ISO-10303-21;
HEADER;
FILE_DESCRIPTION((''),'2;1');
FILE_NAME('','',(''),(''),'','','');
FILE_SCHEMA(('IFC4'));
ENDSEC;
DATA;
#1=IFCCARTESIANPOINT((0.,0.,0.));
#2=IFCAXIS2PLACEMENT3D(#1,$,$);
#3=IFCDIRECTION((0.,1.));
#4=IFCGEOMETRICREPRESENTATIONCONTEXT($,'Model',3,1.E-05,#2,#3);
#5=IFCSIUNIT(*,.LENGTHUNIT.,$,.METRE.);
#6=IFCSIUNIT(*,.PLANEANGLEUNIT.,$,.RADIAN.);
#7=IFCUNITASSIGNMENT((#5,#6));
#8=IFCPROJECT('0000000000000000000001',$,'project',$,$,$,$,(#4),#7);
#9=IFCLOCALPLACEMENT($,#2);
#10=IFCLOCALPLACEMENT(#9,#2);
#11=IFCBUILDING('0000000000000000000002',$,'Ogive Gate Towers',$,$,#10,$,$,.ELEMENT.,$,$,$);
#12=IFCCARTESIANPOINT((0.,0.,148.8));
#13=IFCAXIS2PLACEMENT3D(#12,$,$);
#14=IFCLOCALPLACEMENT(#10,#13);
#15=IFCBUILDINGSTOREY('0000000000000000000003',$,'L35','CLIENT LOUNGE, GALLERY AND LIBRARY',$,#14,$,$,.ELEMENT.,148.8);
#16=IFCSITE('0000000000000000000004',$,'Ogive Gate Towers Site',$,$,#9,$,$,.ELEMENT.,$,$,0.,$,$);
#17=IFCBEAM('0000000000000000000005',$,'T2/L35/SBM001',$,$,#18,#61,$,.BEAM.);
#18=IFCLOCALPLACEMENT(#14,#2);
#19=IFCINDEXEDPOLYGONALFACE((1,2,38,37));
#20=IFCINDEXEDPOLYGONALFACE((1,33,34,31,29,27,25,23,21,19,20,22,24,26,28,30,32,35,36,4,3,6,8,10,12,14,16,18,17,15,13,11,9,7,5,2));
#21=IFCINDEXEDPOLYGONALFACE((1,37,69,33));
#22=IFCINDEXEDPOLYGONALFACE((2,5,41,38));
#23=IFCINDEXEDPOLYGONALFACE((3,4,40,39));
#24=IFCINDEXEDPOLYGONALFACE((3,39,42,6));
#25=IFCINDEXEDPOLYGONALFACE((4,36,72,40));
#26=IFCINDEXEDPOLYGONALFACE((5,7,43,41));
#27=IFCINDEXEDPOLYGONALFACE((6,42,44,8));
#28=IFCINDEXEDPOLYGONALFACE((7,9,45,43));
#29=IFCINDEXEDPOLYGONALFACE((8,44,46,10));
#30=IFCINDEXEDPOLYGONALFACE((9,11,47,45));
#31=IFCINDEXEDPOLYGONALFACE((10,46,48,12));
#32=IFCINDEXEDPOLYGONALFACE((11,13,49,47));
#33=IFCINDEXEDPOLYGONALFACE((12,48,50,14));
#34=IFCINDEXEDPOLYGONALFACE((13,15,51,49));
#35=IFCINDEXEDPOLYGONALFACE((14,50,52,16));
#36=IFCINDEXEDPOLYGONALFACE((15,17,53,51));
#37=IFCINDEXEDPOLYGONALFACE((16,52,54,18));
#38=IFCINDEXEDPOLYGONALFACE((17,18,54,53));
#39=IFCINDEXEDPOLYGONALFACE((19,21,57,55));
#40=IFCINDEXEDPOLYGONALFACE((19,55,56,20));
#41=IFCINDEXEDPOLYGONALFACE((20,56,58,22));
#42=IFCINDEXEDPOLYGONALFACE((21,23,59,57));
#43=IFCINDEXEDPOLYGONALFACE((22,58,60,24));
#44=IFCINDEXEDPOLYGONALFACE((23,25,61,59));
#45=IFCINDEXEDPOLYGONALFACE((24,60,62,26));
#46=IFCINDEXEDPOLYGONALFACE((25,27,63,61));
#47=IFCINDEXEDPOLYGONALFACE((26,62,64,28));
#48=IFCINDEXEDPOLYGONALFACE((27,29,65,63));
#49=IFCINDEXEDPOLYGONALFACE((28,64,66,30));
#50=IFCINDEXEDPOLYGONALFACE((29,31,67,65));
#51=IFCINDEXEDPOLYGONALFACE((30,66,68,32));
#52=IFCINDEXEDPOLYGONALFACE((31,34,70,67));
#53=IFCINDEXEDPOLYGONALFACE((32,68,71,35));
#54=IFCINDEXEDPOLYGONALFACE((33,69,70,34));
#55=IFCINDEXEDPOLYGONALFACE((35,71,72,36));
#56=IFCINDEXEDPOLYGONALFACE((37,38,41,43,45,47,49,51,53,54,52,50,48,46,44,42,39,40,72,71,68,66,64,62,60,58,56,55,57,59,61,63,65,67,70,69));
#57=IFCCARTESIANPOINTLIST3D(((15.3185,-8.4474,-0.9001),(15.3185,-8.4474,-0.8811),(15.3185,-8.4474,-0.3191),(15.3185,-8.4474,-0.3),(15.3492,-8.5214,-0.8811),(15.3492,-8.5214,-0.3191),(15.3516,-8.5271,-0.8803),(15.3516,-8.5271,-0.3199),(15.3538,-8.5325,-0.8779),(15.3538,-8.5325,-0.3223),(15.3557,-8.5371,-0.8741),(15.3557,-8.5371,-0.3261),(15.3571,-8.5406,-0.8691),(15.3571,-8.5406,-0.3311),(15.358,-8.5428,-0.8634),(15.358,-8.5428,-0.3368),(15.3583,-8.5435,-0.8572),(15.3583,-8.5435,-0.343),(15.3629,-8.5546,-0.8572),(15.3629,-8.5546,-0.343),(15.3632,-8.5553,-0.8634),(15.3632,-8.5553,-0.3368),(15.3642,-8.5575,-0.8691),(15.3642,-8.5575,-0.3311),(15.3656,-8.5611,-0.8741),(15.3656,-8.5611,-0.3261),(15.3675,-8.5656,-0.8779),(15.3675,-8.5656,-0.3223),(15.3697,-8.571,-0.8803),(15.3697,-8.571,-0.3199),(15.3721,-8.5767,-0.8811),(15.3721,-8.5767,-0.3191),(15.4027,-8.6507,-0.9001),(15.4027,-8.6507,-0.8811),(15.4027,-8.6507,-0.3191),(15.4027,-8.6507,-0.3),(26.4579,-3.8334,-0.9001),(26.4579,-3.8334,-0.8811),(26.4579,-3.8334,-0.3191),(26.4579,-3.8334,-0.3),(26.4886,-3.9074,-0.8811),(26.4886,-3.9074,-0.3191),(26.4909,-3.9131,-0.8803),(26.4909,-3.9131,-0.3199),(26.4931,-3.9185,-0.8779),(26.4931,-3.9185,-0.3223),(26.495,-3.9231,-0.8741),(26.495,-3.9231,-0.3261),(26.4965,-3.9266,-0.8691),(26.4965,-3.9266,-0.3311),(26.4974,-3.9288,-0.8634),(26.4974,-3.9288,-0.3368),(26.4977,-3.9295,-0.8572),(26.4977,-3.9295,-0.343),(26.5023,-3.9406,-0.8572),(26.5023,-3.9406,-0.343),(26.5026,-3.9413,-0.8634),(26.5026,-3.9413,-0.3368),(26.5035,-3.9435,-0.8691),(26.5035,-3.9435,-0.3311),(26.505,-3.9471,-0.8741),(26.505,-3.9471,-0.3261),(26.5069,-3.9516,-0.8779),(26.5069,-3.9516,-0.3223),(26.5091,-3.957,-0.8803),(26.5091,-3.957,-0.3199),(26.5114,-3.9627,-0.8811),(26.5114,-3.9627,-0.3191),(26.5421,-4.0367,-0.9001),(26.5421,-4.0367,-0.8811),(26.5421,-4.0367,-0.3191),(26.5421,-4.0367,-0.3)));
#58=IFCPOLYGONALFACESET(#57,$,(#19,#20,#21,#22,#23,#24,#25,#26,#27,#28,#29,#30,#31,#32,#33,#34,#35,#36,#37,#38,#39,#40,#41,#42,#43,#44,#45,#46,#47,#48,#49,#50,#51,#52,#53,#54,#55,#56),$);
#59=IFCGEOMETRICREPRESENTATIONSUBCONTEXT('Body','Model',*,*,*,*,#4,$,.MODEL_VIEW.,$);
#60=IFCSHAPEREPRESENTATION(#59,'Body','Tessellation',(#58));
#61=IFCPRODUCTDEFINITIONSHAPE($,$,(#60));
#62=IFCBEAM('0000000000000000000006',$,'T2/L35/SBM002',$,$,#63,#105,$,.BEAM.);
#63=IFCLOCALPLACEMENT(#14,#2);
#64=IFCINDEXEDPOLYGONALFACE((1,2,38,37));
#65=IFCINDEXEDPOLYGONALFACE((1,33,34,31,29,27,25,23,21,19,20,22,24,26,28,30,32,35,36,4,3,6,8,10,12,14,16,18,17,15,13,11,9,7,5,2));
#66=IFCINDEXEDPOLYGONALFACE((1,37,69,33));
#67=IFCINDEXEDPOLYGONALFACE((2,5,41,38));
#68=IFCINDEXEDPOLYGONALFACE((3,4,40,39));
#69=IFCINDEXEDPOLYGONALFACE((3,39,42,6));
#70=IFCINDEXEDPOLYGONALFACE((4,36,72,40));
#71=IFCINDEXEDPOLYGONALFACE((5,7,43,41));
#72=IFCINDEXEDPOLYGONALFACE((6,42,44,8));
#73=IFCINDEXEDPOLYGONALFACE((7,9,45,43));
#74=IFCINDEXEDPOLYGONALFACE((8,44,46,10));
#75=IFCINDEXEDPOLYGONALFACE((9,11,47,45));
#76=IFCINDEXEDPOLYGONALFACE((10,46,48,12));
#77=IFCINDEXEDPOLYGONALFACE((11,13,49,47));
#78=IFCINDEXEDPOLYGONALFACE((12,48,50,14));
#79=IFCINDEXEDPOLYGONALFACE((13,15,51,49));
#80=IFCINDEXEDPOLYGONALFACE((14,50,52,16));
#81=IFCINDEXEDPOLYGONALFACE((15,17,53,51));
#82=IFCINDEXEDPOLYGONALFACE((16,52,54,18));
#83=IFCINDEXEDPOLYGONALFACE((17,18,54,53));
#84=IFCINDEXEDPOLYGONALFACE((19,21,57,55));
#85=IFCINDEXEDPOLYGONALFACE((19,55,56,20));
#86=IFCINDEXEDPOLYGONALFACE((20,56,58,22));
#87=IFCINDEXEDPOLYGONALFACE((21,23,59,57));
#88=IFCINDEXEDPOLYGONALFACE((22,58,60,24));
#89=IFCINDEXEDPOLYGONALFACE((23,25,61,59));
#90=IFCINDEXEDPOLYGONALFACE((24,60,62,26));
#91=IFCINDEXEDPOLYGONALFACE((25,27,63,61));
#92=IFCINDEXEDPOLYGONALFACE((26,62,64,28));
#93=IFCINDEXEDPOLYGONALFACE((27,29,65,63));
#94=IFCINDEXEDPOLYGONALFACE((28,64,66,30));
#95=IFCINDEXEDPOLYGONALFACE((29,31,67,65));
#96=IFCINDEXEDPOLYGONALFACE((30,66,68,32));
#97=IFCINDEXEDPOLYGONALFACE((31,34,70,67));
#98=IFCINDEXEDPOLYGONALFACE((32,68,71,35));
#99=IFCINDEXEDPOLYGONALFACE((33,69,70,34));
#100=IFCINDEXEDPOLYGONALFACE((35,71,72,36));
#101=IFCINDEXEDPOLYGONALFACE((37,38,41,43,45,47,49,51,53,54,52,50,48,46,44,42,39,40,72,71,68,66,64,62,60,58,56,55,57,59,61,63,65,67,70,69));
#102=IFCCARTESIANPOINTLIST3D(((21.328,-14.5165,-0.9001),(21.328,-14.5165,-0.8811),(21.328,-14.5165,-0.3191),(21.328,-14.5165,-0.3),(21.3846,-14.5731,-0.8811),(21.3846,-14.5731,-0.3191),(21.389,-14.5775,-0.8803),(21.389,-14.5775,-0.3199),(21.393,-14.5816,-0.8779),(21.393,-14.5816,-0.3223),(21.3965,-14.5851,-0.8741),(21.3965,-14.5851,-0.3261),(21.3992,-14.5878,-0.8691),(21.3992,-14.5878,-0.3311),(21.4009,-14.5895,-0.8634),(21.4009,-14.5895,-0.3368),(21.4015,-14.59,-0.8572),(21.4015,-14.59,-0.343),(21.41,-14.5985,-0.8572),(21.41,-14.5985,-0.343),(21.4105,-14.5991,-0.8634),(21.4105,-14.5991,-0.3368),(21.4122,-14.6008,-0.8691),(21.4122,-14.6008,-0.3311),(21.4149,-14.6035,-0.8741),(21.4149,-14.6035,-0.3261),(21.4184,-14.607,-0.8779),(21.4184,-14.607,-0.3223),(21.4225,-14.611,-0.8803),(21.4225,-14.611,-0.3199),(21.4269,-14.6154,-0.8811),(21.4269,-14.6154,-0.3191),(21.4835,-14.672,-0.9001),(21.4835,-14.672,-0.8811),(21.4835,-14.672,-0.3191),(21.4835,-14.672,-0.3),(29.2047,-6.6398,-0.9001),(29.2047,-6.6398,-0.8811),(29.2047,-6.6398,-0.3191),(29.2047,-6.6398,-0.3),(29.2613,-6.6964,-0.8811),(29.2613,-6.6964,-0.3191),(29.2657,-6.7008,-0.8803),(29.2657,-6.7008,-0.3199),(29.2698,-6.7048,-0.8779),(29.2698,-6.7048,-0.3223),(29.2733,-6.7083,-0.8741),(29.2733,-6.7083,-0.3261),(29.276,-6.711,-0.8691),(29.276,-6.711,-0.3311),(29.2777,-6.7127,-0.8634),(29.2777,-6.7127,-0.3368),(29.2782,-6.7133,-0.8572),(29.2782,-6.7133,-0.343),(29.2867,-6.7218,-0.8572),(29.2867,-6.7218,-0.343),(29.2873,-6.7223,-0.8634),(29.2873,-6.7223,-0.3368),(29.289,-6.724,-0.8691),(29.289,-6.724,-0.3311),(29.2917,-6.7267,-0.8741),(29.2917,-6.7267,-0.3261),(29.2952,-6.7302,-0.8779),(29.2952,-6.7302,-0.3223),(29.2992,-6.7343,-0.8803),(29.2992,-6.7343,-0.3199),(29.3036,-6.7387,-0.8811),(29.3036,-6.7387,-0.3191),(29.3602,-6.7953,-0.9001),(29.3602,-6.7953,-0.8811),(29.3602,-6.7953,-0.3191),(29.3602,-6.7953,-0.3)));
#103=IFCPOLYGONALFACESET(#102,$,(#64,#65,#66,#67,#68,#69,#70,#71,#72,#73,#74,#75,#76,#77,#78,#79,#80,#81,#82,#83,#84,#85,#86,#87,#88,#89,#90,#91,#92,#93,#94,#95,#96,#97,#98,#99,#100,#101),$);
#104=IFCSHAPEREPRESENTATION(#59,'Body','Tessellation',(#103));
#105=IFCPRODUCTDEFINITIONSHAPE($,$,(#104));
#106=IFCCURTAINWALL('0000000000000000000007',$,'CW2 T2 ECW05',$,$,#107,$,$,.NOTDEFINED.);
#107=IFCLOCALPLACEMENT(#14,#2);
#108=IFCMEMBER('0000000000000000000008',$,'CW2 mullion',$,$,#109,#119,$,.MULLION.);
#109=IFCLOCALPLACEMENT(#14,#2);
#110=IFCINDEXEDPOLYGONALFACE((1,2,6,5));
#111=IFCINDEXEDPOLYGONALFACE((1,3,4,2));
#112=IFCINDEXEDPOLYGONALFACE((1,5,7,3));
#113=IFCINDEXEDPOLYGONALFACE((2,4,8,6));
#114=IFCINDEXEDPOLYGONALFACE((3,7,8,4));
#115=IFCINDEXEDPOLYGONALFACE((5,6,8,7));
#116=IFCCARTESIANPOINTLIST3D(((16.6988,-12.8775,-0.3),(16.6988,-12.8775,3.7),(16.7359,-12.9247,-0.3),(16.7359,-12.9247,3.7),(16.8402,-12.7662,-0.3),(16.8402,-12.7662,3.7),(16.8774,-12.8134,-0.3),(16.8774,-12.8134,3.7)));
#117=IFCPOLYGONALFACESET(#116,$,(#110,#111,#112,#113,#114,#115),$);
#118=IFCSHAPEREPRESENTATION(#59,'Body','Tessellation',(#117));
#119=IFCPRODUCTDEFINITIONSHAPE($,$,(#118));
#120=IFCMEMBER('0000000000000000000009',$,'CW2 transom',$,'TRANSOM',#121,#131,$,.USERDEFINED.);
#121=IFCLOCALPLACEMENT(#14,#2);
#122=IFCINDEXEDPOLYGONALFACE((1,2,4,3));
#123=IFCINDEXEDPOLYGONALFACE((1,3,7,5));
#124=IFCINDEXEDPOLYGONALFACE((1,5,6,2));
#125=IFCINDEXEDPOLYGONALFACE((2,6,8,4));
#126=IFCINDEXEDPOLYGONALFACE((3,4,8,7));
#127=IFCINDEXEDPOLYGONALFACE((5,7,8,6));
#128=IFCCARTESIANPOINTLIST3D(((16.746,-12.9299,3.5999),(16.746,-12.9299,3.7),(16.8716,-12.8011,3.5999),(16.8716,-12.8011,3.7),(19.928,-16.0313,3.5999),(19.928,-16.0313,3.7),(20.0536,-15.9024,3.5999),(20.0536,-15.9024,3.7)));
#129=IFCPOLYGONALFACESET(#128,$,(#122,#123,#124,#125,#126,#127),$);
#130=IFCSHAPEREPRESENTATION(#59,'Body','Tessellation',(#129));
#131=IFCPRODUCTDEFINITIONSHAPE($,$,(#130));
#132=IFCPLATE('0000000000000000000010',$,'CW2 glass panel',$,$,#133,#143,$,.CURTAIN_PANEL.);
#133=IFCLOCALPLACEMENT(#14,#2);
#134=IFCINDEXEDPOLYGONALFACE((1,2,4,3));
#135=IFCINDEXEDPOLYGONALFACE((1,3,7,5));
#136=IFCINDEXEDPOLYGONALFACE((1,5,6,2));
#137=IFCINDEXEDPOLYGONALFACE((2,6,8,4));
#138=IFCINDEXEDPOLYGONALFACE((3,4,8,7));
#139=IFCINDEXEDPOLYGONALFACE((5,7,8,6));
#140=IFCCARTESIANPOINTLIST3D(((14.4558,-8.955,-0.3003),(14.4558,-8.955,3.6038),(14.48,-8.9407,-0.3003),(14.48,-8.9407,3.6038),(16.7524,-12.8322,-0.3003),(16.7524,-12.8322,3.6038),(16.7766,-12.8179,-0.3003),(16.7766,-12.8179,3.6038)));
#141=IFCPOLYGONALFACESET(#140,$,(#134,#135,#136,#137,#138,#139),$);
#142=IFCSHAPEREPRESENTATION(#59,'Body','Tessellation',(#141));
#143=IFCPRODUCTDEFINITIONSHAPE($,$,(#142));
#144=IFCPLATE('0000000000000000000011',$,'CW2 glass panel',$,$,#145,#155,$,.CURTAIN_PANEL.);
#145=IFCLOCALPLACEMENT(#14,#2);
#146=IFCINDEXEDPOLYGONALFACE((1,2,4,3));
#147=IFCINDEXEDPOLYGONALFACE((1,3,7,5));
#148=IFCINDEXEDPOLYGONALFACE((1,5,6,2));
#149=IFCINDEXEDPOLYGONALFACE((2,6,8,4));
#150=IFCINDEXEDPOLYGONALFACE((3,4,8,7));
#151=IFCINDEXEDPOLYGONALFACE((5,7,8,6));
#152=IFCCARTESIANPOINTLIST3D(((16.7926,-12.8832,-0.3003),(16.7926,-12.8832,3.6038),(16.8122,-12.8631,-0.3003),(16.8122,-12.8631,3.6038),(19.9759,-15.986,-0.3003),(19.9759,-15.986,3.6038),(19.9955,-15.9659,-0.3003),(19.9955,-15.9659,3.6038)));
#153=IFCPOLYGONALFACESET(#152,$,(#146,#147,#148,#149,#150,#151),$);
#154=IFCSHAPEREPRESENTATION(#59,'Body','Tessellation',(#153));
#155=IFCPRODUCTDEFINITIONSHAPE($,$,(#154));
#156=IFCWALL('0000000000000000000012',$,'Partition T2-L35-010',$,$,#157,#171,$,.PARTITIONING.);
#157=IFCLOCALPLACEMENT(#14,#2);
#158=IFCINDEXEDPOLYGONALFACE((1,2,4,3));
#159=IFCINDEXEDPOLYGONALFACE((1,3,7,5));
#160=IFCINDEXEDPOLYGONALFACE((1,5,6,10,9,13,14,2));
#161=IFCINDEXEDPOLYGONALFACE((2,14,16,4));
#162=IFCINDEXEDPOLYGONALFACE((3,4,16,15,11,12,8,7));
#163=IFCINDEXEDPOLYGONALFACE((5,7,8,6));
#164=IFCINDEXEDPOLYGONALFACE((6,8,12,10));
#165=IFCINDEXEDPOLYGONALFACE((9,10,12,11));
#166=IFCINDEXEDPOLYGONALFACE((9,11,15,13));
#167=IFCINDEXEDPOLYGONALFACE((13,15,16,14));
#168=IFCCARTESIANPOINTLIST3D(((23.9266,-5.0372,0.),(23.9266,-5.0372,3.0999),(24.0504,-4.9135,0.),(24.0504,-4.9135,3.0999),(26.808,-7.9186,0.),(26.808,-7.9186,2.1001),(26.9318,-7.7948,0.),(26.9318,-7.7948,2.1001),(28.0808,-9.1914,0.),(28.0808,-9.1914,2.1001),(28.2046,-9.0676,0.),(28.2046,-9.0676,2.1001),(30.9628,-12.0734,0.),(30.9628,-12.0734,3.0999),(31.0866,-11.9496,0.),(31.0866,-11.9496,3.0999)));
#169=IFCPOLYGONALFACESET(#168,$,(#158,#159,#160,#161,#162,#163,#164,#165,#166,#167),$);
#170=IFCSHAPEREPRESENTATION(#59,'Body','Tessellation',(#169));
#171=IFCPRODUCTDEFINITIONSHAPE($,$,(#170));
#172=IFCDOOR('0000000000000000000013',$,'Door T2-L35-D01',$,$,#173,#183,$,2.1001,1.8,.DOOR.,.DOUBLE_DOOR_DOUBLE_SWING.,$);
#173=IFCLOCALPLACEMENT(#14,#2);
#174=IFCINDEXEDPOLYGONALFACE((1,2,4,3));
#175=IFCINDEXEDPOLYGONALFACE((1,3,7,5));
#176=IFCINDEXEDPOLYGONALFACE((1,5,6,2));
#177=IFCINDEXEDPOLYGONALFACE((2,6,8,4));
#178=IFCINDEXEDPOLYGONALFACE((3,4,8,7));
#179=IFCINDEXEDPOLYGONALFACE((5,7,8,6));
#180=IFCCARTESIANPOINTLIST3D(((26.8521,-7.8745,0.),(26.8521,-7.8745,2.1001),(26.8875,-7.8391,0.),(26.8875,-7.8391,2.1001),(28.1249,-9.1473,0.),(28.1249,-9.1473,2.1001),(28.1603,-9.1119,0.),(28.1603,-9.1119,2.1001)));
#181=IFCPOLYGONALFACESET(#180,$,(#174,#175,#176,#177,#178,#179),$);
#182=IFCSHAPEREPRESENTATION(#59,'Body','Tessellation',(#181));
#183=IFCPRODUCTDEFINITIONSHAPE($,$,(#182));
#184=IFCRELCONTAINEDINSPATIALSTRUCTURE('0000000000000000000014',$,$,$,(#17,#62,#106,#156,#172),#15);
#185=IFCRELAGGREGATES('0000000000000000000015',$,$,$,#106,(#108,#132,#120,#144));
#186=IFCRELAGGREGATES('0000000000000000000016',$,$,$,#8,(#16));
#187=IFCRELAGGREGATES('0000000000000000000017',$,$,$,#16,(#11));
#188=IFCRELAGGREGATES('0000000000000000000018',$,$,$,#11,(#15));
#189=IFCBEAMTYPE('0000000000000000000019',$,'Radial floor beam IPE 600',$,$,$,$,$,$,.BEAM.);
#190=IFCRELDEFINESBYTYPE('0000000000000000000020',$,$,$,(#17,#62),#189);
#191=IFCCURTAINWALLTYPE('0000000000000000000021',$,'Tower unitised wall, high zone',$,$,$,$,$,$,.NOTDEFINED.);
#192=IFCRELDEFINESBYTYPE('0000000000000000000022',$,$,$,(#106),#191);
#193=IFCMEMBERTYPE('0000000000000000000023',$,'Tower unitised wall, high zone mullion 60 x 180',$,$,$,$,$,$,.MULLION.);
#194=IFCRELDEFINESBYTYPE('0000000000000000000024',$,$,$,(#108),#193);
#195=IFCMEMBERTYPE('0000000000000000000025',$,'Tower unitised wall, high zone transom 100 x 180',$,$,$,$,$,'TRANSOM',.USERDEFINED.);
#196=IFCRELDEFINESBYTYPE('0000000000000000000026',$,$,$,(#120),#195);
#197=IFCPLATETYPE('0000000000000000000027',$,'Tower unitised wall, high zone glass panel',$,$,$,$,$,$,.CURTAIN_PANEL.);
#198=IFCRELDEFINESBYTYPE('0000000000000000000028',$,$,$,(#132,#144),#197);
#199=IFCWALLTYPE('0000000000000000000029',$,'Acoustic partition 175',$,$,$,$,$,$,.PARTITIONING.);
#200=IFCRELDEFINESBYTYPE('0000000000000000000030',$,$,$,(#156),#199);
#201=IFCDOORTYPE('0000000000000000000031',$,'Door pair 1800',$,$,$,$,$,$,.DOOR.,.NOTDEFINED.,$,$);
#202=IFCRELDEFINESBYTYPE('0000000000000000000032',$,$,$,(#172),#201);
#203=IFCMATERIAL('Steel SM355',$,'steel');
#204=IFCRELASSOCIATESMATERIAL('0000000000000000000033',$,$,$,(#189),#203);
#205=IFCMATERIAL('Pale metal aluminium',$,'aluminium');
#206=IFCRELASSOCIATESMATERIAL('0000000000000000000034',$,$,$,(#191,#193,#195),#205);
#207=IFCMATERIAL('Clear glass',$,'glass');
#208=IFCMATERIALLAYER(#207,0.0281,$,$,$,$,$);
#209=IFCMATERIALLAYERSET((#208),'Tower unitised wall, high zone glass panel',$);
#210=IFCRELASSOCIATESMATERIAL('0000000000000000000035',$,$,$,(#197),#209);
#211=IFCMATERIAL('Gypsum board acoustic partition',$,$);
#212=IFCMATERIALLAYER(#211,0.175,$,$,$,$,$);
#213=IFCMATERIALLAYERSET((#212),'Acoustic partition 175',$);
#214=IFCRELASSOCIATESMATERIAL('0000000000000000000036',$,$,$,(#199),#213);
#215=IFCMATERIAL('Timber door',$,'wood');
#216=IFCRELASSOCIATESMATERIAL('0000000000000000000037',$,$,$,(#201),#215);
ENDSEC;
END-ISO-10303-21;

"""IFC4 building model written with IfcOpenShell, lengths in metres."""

from ifc_helpers import new_model, si_unit, direction, frame, frame_2d, origin, origin_2d, place, context, subcontext, project, spatial, rectangle, i_section, extrude, material, layer, layer_set, material_profile, profile_set, type_object, element, fill, aggregate, save


model = new_model("IFC4")

# Units and contexts
model_context = context("Model", 3, precision=1e-05, world=origin(), true_north=direction((0.0, 1.0)))
body_context = subcontext(model_context, "Body", "Model", "MODEL_VIEW")
ifc_project = project(units=[si_unit("LENGTHUNIT", "METRE"), si_unit("PLANEANGLEUNIT", "RADIAN")], contexts=[model_context])

# Site, building, storey
site_placement = place(None, origin())
site = spatial("IfcSite", under=ifc_project, at=site_placement, Name="Ogive Gate Towers Site", CompositionType="ELEMENT", RefElevation=0.0)
building_placement = place(site_placement, origin())
building = spatial("IfcBuilding", under=site, at=building_placement, Name="Ogive Gate Towers", CompositionType="ELEMENT")
storey_placement = place(building_placement, frame((0.0, 0.0, 148.8)))
storey = spatial("IfcBuildingStorey", under=building, at=storey_placement, Name="L35", Description="CLIENT LOUNGE, GALLERY AND LIBRARY", CompositionType="ELEMENT", Elevation=148.8)

# Beams
ifc_material_1 = material(Name="Steel SM355", Category="steel")
ifc_material_profile_1 = material_profile(ifc_material_1, i_section(OverallWidth=0.22, OverallDepth=0.6001, WebThickness=0.012, FlangeThickness=0.019, FilletRadius=0.0239, at=origin_2d()), Name="IPE 600")
ifc_profile_set_1 = profile_set([ifc_material_profile_1], Name="Steel SM355")
beam_type = type_object("IfcBeamType", Name="Radial floor beam IPE 600", PredefinedType="BEAM", material=ifc_profile_set_1)
beam_1_placement = place(storey_placement, frame((26.5, -3.9351, -0.6001), z_axis=(-0.923882, -0.382678, 0.0), x_axis=(0.382678, -0.923882, 0.0)))
element("IfcBeam", 1, at=beam_1_placement, inside=storey, type_object=beam_type, Name="T2/L35/SBM001", PredefinedType="BEAM", context=body_context, shape_type="SweptSolid", body=[
    extrude(i_section(OverallWidth=0.22, OverallDepth=0.6001, WebThickness=0.012, FlangeThickness=0.019, FilletRadius=0.0239, at=origin_2d()), origin(), (0.0, 0.0, 1.0), 12.0571),
])
beam_2_placement = place(storey_placement, frame((29.2825, -6.7175, -0.6001), z_axis=(-0.707107, -0.707107, 0.0), x_axis=(0.707107, -0.707107, 0.0)))
element("IfcBeam", 2, at=beam_2_placement, inside=storey, type_object=beam_type, Name="T2/L35/SBM002", PredefinedType="BEAM", context=body_context, shape_type="SweptSolid", body=[
    extrude(i_section(OverallWidth=0.22, OverallDepth=0.6001, WebThickness=0.012, FlangeThickness=0.019, FilletRadius=0.0239, at=origin_2d()), origin(), (0.0, 0.0, 1.0), 11.1394),
])

# Curtain wall, members, plates
ifc_material_2 = material(Name="Pale metal aluminium", Category="aluminium")
curtain_wall_type = type_object("IfcCurtainWallType", Name="Tower unitised wall, high zone", PredefinedType="NOTDEFINED", material=ifc_material_2)
curtain_wall_placement = place(storey_placement, origin())
curtain_wall = element("IfcCurtainWall", 3, at=curtain_wall_placement, inside=storey, type_object=curtain_wall_type, Name="CW2 T2 ECW05", PredefinedType="NOTDEFINED")
ifc_material_profile_2 = material_profile(ifc_material_2, rectangle(XDim=0.1799, YDim=0.0601, at=origin_2d()), Name="60 x 180 aluminium box")
ifc_profile_set_2 = profile_set([ifc_material_profile_2], Name="Pale metal aluminium")
member_type_1 = type_object("IfcMemberType", Name="Tower unitised wall, high zone mullion 60 x 180", PredefinedType="MULLION", material=ifc_profile_set_2)
member_1_placement = place(storey_placement, frame((16.7881, -12.8455, -0.3), z_axis=(0.0, 0.0, 1.0), x_axis=(-0.785997, -0.61823, 0.0)))
member_1 = element("IfcMember", 4, at=member_1_placement, type_object=member_type_1, Name="CW2 mullion", PredefinedType="MULLION", context=body_context, shape_type="SweptSolid", body=[
    extrude(rectangle(XDim=0.1799, YDim=0.0601, at=origin_2d()), origin(), (0.0, 0.0, 1.0), 4.0),
])
ifc_material_profile_3 = material_profile(ifc_material_2, rectangle(XDim=0.1799, YDim=0.1001, at=origin_2d()), Name="100 x 180 aluminium box")
ifc_profile_set_3 = profile_set([ifc_material_profile_3], Name="Pale metal aluminium")
member_type_2 = type_object("IfcMemberType", Name="Tower unitised wall, high zone transom 100 x 180", ElementType="TRANSOM", PredefinedType="USERDEFINED", material=ifc_profile_set_3)
member_2_placement = place(storey_placement, frame((16.8088, -12.8655, 3.6499), z_axis=(0.716115, -0.697983, 0.0), x_axis=(0.697983, 0.716115, 0.0)))
member_2 = element("IfcMember", 5, at=member_2_placement, type_object=member_type_2, Name="CW2 transom", ObjectType="TRANSOM", PredefinedType="USERDEFINED", context=body_context, shape_type="SweptSolid", body=[
    extrude(rectangle(XDim=0.1799, YDim=0.1001, at=origin_2d()), origin(), (0.0, 0.0, 1.0), 4.4434),
])
ifc_material_3 = material(Name="Clear glass", Category="glass")
ifc_layer_1 = layer(ifc_material_3, 0.0281)
ifc_layer_set_1 = layer_set([ifc_layer_1], Name="Tower unitised wall, high zone glass panel")
plate_type = type_object("IfcPlateType", Name="Tower unitised wall, high zone glass panel", PredefinedType="CURTAIN_PANEL", material=ifc_layer_set_1)
plate_1_placement = place(storey_placement, frame((15.6162, -10.8865, -0.3003), z_axis=(0.0, 0.0, 1.0), x_axis=(0.509642, -0.860386, 0.0)))
plate_1 = element("IfcPlate", 6, at=plate_1_placement, type_object=plate_type, Name="CW2 glass panel", PredefinedType="CURTAIN_PANEL", context=body_context, shape_type="SweptSolid", body=[
    extrude(rectangle(XDim=4.5063, YDim=0.0281, at=origin_2d()), origin(), (0.0, 0.0, 1.0), 3.9041),
])
plate_2_placement = place(storey_placement, frame((18.394, -14.4246, -0.3003), z_axis=(0.0, 0.0, 1.0), x_axis=(0.716119, -0.697978, 0.0)))
plate_2 = element("IfcPlate", 7, at=plate_2_placement, type_object=plate_type, Name="CW2 glass panel", PredefinedType="CURTAIN_PANEL", context=body_context, shape_type="SweptSolid", body=[
    extrude(rectangle(XDim=4.4453, YDim=0.0281, at=origin_2d()), origin(), (0.0, 0.0, 1.0), 3.9041),
])
aggregate(curtain_wall, [member_1, plate_1, member_2, plate_2])

# Wall, opening, door
ifc_material_4 = material(Name="Gypsum board acoustic partition")
ifc_layer_2 = layer(ifc_material_4, 0.175)
ifc_layer_set_2 = layer_set([ifc_layer_2], Name="Acoustic partition 175")
wall_type_1 = type_object("IfcWallType", Name="Acoustic partition 175", PredefinedType="PARTITIONING", material=ifc_layer_set_2)
wall_1_placement = place(storey_placement, frame((23.9885, -4.9753, 0.0), z_axis=(0.0, 0.0, 1.0), x_axis=(0.707107, -0.707107, 0.0)))
wall_1 = element("IfcWall", 8, at=wall_1_placement, inside=storey, type_object=wall_type_1, Name="Partition T2-L35-010", PredefinedType="PARTITIONING", context=body_context, shape_type="SweptSolid", body=[
    extrude(rectangle(XDim=9.9507, YDim=0.175, at=frame_2d((4.9753, 0.0))), origin(), (0.0, 0.0, 1.0), 3.0999),
])
opening_1_placement = place(wall_1_placement, frame((4.075, 0.0, 0.0)))
opening_1 = element("IfcOpeningElement", 9, at=opening_1_placement, cuts=wall_1, PredefinedType="OPENING", context=body_context, shape_type="SweptSolid", body=[
    extrude(rectangle(XDim=1.8, YDim=2.1001, at=frame_2d((0.8999, 1.05))), frame((0.0, 0.0977, 0.0), z_axis=(0.0, -1.0, 0.0), x_axis=(1.0, 0.0, 0.0)), (0.0, 0.0, 1.0), 0.1951),
])
ifc_material_5 = material(Name="Timber door", Category="wood")
door_type_1 = type_object("IfcDoorType", Name="Door pair 1800", OperationType="NOTDEFINED", PredefinedType="DOOR", material=ifc_material_5)
door_1_placement = place(opening_1_placement, origin())
door_1 = element("IfcDoor", 10, at=door_1_placement, inside=storey, type_object=door_type_1, Name="Door T2-L35-D01", OperationType="DOUBLE_DOOR_DOUBLE_SWING", OverallHeight=2.1001, OverallWidth=1.8, PredefinedType="DOOR", context=body_context, shape_type="SweptSolid", body=[
    extrude(rectangle(XDim=1.8, YDim=2.1001, at=frame_2d((0.8999, 1.05))), frame((0.0, 0.0249, 0.0), z_axis=(0.0, -1.0, 0.0), x_axis=(1.0, 0.0, 0.0)), (0.0, 0.0, 1.0), 0.05),
])
fill(opening_1, door_1)

save(model, "model.ifc")
